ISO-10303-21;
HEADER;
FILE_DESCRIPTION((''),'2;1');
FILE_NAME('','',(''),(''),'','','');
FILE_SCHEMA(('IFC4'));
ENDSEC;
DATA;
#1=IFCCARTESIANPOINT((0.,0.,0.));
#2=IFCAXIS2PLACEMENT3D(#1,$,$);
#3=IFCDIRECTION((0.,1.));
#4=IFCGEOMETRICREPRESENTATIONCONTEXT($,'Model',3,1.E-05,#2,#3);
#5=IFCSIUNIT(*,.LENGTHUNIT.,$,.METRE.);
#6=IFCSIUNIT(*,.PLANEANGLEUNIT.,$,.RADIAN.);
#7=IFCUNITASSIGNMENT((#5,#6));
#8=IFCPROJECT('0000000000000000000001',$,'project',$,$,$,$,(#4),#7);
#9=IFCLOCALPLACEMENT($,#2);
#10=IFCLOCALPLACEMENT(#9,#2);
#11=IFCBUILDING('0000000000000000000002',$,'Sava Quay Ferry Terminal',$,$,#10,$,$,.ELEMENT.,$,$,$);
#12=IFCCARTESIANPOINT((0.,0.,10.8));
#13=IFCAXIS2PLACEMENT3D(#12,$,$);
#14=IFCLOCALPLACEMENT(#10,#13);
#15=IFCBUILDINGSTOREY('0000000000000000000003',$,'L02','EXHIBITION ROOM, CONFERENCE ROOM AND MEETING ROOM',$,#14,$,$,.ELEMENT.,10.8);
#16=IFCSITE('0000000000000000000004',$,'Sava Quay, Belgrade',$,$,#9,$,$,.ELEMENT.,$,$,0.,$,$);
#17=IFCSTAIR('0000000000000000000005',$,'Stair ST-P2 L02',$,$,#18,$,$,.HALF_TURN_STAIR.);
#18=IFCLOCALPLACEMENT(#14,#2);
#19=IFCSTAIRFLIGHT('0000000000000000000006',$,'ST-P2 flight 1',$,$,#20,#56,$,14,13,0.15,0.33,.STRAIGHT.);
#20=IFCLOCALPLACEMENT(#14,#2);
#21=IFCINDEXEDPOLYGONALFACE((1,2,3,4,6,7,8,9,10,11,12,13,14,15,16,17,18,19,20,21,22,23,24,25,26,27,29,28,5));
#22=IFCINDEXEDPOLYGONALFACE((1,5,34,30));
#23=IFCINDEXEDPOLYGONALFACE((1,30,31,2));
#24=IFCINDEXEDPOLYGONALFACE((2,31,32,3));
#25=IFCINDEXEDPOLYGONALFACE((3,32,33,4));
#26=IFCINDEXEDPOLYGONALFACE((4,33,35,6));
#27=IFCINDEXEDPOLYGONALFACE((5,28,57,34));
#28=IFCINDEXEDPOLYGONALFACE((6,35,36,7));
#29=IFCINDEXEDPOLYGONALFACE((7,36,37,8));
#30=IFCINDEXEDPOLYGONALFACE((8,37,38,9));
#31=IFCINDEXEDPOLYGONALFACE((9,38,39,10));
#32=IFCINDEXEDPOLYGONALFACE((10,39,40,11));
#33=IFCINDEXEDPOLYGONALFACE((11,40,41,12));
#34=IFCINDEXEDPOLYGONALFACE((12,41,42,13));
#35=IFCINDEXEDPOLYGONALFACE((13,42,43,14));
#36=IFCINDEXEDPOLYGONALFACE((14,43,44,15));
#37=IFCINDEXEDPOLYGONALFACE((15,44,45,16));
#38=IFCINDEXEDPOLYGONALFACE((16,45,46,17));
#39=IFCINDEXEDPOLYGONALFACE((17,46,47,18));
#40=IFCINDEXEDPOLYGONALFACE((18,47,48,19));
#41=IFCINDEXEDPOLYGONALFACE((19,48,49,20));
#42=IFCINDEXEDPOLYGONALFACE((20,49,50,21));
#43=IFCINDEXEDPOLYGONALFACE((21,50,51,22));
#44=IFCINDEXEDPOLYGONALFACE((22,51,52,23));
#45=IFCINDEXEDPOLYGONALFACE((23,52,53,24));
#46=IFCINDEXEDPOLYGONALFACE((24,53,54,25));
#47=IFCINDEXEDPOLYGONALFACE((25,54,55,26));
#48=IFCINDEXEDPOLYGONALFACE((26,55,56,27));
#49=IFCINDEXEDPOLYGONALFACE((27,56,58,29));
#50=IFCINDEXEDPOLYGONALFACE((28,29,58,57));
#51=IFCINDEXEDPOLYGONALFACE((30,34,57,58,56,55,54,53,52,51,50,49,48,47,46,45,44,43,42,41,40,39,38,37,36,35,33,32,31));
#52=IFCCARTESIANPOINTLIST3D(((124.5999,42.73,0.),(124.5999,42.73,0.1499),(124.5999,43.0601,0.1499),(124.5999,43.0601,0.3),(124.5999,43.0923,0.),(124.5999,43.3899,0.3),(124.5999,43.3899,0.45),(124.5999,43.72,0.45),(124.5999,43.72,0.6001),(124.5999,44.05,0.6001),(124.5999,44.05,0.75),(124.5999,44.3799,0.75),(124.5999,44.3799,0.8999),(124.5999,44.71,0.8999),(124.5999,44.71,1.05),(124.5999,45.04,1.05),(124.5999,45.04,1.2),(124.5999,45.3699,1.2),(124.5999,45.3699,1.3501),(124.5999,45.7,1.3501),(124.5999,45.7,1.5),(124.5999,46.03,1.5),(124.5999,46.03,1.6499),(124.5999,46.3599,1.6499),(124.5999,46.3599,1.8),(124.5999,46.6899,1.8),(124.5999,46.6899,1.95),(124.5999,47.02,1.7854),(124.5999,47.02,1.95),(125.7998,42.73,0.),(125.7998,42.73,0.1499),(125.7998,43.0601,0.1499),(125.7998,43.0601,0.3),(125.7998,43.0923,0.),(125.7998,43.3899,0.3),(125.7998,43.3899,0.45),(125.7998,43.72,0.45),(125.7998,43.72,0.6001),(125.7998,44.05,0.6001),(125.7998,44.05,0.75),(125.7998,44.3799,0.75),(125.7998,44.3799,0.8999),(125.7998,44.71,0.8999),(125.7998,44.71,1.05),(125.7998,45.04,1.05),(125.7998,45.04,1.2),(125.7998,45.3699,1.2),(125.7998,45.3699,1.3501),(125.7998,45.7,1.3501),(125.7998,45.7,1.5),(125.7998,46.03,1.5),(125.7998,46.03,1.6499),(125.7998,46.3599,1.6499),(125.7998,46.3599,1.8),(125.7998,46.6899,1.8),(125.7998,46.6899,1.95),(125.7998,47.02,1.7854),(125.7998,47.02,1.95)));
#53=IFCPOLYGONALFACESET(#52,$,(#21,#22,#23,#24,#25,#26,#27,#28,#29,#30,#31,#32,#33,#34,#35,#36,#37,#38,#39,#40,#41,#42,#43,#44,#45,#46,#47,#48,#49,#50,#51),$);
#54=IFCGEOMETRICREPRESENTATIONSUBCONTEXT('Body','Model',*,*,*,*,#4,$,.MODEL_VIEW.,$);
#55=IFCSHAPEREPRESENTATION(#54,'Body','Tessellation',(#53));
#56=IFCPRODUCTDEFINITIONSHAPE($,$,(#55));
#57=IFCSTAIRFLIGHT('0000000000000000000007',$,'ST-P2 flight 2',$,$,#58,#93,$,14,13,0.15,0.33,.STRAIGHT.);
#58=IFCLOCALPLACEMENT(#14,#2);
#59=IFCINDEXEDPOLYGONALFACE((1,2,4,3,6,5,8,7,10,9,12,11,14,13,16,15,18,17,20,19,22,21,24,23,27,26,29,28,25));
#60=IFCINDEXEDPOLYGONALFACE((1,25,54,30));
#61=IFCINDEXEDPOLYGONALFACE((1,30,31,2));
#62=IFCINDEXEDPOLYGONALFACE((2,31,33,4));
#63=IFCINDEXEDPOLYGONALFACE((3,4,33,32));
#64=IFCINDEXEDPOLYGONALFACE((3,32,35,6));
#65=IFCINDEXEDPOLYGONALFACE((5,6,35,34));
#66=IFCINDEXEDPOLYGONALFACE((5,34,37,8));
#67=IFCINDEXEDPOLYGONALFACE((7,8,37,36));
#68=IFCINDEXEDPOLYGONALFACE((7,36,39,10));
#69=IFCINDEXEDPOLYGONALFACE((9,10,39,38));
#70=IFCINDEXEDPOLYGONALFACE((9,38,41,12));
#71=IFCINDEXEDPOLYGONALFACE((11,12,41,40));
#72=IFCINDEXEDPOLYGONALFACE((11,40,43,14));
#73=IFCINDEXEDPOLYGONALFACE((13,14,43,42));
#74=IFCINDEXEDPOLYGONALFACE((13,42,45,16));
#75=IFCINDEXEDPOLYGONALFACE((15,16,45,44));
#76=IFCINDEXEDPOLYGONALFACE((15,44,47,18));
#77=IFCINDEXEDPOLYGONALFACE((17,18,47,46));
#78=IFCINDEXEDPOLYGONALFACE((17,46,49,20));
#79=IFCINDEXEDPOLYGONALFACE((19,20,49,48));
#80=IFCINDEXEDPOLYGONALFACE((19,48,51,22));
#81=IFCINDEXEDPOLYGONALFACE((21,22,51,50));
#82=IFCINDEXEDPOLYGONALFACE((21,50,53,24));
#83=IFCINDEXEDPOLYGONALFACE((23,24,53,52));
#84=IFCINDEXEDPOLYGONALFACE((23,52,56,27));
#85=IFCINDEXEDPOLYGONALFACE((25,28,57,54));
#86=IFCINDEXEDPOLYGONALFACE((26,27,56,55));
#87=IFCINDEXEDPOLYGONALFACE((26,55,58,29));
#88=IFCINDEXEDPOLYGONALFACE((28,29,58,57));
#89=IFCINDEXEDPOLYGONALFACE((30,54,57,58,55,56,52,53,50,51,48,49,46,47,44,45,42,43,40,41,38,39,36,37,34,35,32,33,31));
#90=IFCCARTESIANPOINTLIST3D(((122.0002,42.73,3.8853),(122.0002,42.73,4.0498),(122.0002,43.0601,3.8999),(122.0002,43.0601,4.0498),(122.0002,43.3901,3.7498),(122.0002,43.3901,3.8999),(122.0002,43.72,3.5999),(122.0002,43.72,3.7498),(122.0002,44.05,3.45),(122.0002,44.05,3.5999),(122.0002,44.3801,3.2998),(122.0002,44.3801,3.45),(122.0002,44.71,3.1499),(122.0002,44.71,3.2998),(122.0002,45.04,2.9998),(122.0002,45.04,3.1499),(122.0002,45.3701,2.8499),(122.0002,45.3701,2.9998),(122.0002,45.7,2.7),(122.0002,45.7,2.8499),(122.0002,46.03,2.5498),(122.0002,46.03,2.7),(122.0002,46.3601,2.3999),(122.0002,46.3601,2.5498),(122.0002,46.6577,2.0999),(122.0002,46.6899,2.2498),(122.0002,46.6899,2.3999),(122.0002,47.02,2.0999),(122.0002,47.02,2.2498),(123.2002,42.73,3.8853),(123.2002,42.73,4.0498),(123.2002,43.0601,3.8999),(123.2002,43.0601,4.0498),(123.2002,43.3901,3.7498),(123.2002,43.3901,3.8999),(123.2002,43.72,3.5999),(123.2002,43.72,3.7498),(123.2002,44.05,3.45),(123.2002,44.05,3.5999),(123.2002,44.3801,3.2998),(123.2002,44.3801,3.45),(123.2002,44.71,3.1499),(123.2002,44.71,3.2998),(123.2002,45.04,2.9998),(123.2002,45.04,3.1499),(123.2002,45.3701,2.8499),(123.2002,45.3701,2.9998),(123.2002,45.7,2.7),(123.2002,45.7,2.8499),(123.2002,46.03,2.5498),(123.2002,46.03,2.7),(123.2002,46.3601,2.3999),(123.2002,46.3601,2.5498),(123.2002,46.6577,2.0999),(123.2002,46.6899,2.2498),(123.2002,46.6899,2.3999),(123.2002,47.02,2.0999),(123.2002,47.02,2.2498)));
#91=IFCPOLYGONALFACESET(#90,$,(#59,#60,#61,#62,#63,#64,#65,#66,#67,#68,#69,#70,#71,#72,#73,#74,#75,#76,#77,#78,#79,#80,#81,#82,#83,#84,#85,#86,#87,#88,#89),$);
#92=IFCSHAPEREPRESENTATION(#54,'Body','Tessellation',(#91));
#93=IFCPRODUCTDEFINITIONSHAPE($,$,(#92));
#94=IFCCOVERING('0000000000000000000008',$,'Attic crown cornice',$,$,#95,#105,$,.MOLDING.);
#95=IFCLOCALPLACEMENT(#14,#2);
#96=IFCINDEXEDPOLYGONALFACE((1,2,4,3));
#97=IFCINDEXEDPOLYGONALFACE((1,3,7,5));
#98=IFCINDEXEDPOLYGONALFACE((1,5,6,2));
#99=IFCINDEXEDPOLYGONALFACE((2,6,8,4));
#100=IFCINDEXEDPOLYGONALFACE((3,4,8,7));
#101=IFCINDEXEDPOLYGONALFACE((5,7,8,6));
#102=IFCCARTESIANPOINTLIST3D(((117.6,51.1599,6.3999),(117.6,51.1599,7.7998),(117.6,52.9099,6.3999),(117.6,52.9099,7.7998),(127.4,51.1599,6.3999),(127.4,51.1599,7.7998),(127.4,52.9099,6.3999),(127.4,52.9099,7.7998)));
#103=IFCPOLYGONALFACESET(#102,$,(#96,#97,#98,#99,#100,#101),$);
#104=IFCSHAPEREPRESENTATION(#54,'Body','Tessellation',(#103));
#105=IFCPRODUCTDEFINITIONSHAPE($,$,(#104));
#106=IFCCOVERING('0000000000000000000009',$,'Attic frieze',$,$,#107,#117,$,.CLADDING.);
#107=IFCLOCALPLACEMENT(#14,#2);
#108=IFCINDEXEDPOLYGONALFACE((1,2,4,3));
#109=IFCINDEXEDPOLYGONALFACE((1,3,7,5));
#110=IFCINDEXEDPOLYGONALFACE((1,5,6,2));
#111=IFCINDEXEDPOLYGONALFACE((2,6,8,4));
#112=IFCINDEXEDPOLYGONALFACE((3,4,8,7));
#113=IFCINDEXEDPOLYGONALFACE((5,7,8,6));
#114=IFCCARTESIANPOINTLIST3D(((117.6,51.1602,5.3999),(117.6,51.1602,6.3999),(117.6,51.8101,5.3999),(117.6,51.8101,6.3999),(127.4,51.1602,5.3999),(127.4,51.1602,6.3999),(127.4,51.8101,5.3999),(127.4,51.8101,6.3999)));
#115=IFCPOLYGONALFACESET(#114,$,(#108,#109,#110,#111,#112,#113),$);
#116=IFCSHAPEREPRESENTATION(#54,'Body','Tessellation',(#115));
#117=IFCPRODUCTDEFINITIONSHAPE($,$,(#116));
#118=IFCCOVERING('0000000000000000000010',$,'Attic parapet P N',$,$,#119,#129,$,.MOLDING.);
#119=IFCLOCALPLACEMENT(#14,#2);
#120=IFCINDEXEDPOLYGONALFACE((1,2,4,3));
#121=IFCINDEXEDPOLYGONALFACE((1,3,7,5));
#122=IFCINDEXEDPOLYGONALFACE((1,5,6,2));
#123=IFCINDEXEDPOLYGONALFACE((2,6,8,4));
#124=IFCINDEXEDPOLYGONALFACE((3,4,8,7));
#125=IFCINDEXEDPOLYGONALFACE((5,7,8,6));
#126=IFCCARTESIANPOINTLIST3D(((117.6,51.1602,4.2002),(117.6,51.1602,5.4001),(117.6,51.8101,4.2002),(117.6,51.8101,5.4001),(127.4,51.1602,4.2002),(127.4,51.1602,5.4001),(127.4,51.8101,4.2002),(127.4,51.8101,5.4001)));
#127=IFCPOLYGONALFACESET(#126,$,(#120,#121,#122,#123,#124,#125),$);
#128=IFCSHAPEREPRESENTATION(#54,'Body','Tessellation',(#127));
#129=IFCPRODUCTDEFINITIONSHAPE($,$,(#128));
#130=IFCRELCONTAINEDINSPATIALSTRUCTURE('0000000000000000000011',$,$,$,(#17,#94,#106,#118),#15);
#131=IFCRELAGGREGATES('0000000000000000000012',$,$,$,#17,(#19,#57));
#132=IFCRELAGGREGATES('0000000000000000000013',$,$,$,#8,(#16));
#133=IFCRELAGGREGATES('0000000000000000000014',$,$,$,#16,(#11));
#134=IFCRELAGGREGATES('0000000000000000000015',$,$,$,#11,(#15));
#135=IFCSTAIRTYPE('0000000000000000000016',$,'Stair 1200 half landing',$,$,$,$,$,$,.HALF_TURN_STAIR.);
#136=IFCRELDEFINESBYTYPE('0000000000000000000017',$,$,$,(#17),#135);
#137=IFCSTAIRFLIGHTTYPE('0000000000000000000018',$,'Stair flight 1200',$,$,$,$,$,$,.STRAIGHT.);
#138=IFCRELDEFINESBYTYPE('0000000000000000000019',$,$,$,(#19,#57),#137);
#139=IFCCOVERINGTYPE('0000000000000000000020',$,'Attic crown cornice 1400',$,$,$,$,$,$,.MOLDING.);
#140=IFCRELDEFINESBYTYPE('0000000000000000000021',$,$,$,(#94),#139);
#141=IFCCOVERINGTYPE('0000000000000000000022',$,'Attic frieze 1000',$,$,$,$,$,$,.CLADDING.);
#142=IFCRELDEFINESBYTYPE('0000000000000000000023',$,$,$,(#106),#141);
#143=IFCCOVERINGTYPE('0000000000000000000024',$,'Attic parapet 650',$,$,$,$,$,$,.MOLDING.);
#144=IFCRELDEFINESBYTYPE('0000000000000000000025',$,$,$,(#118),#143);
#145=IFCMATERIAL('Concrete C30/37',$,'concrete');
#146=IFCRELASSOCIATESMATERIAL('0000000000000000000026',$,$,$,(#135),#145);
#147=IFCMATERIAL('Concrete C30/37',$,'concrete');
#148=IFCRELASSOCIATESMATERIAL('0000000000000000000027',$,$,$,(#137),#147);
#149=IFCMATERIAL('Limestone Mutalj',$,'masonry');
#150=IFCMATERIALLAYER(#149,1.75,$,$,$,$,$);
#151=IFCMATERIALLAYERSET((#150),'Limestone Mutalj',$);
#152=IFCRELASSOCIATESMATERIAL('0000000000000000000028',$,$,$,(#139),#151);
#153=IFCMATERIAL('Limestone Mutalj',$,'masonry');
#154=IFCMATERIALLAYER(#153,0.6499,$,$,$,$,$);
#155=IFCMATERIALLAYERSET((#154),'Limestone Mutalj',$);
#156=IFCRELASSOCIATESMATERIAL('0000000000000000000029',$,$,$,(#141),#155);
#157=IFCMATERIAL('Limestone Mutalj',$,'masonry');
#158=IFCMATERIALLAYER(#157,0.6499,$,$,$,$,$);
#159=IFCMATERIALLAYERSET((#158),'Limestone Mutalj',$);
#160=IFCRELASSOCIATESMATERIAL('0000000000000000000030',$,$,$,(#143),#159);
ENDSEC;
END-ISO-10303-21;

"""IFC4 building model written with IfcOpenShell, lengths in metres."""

from ifc_helpers import new_model, si_unit, direction, frame, origin, origin_2d, place, context, subcontext, project, spatial, polyline, rectangle, outline, extrude, material, layer, layer_set, type_object, element, aggregate, save


model = new_model("IFC4")

# Units and contexts
model_context = context("Model", 3, precision=1e-05, world=origin(), true_north=direction((0.0, 1.0)))
body_context = subcontext(model_context, "Body", "Model", "MODEL_VIEW")
ifc_project = project(units=[si_unit("LENGTHUNIT", "METRE"), si_unit("PLANEANGLEUNIT", "RADIAN")], contexts=[model_context])

# Site, building, storey
site_placement = place(None, origin())
site = spatial("IfcSite", under=ifc_project, at=site_placement, Name="Sava Quay, Belgrade", CompositionType="ELEMENT", RefElevation=0.0)
building_placement = place(site_placement, origin())
building = spatial("IfcBuilding", under=site, at=building_placement, Name="Sava Quay Ferry Terminal", CompositionType="ELEMENT")
storey_placement = place(building_placement, frame((0.0, 0.0, 10.8)))
storey = spatial("IfcBuildingStorey", under=building, at=storey_placement, Name="L02", Description="EXHIBITION ROOM, CONFERENCE ROOM AND MEETING ROOM", CompositionType="ELEMENT", Elevation=10.8)

# Stair, stair flights
ifc_material_1 = material(Name="Concrete C30/37", Category="concrete")
stair_type = type_object("IfcStairType", Name="Stair 1200 half landing", PredefinedType="HALF_TURN_STAIR", material=ifc_material_1)
stair_placement = place(storey_placement, origin())
stair = element("IfcStair", 1, at=stair_placement, inside=storey, type_object=stair_type, Name="Stair ST-P2 L02", PredefinedType="HALF_TURN_STAIR")
ifc_material_2 = material(Name="Concrete C30/37", Category="concrete")
stair_flight_type = type_object("IfcStairFlightType", Name="Stair flight 1200", PredefinedType="STRAIGHT", material=ifc_material_2)
stair_flight_1_placement = place(storey_placement, frame((125.2, 42.73, 0.0), z_axis=(0.0, 0.0, 1.0), x_axis=(0.0, 1.0, 0.0)))
stair_flight_1 = element("IfcStairFlight", 2, at=stair_flight_1_placement, type_object=stair_flight_type, Name="ST-P2 flight 1", NumberOfRisers=14, NumberOfTreads=13, PredefinedType="STRAIGHT", RiserHeight=0.15, TreadLength=0.33, context=body_context, shape_type="SweptSolid", body=[
    extrude(outline(polyline([(0.0, 0.0), (0.0, 0.1499), (0.3301, 0.1499), (0.3301, 0.3), (0.6599, 0.3), (0.6599, 0.45), (0.99, 0.45), (0.99, 0.6001), (1.3201, 0.6001), (1.3201, 0.75), (1.6499, 0.75), (1.6499, 0.8999), (1.98, 0.8999), (1.98, 1.05), (2.3101, 1.05), (2.3101, 1.2), (2.6399, 1.2), (2.6399, 1.3501), (2.97, 1.3501), (2.97, 1.5), (3.3, 1.5), (3.3, 1.6499), (3.6299, 1.6499), (3.6299, 1.8), (3.96, 1.8), (3.96, 1.95), (4.29, 1.95), (4.29, 2.1001), (4.29, 1.7854), (0.3623, 0.0), (0.0, 0.0)])), frame((0.0, 0.6001, 0.0), z_axis=(0.0, -1.0, 0.0), x_axis=(1.0, 0.0, 0.0)), (0.0, 0.0, 1.0), 1.2),
])
stair_flight_2_placement = place(storey_placement, frame((122.6001, 47.02, 2.0999), z_axis=(0.0, 0.0, 1.0), x_axis=(0.0, -1.0, 0.0)))
stair_flight_2 = element("IfcStairFlight", 3, at=stair_flight_2_placement, type_object=stair_flight_type, Name="ST-P2 flight 2", NumberOfRisers=14, NumberOfTreads=13, PredefinedType="STRAIGHT", RiserHeight=0.15, TreadLength=0.33, context=body_context, shape_type="SweptSolid", body=[
    extrude(outline(polyline([(0.0, 0.0), (0.0, 0.1499), (0.3301, 0.1499), (0.3301, 0.3), (0.6599, 0.3), (0.6599, 0.45), (0.99, 0.45), (0.99, 0.6001), (1.3201, 0.6001), (1.3201, 0.75), (1.6499, 0.75), (1.6499, 0.8999), (1.98, 0.8999), (1.98, 1.05), (2.3101, 1.05), (2.3101, 1.2), (2.6399, 1.2), (2.6399, 1.3501), (2.97, 1.3501), (2.97, 1.5), (3.3, 1.5), (3.3, 1.6499), (3.6299, 1.6499), (3.6299, 1.8), (3.96, 1.8), (3.96, 1.95), (4.29, 1.95), (4.29, 2.1001), (4.29, 1.7854), (0.3623, 0.0), (0.0, 0.0)])), frame((0.0, 0.6001, 0.0), z_axis=(0.0, -1.0, 0.0), x_axis=(1.0, 0.0, 0.0)), (0.0, 0.0, 1.0), 1.2),
])
aggregate(stair, [stair_flight_1, stair_flight_2])

# Coverings
ifc_material_3 = material(Name="Limestone Mutalj", Category="masonry")
ifc_layer_1 = layer(ifc_material_3, 1.75)
ifc_layer_set_1 = layer_set([ifc_layer_1], Name="Limestone Mutalj")
covering_type_1 = type_object("IfcCoveringType", Name="Attic crown cornice 1400", PredefinedType="MOLDING", material=ifc_layer_set_1)
covering_1_placement = place(storey_placement, frame((122.5, 52.0349, 6.3999), z_axis=(0.0, 0.0, 1.0), x_axis=(1.0, 0.0, 0.0)))
element("IfcCovering", 4, at=covering_1_placement, inside=storey, type_object=covering_type_1, Name="Attic crown cornice", PredefinedType="MOLDING", context=body_context, shape_type="SweptSolid", body=[
    extrude(rectangle(XDim=9.8, YDim=1.75, at=origin_2d()), origin(), (0.0, 0.0, 1.0), 1.3999),
])
ifc_material_4 = material(Name="Limestone Mutalj", Category="masonry")
ifc_layer_2 = layer(ifc_material_4, 0.6499)
ifc_layer_set_2 = layer_set([ifc_layer_2], Name="Limestone Mutalj")
covering_type_2 = type_object("IfcCoveringType", Name="Attic frieze 1000", PredefinedType="CLADDING", material=ifc_layer_set_2)
covering_2_placement = place(storey_placement, frame((122.5, 51.4851, 5.3999), z_axis=(0.0, 0.0, 1.0), x_axis=(1.0, 0.0, 0.0)))
element("IfcCovering", 5, at=covering_2_placement, inside=storey, type_object=covering_type_2, Name="Attic frieze", PredefinedType="CLADDING", context=body_context, shape_type="SweptSolid", body=[
    extrude(rectangle(XDim=9.8, YDim=0.6499, at=origin_2d()), origin(), (0.0, 0.0, 1.0), 1.0),
])
ifc_material_5 = material(Name="Limestone Mutalj", Category="masonry")
ifc_layer_3 = layer(ifc_material_5, 0.6499)
ifc_layer_set_3 = layer_set([ifc_layer_3], Name="Limestone Mutalj")
covering_type_3 = type_object("IfcCoveringType", Name="Attic parapet 650", PredefinedType="MOLDING", material=ifc_layer_set_3)
covering_3_placement = place(storey_placement, frame((122.5, 51.4851, 4.2002), z_axis=(0.0, 0.0, 1.0), x_axis=(1.0, 0.0, 0.0)))
element("IfcCovering", 6, at=covering_3_placement, inside=storey, type_object=covering_type_3, Name="Attic parapet P N", PredefinedType="MOLDING", context=body_context, shape_type="SweptSolid", body=[
    extrude(rectangle(XDim=9.8, YDim=0.6499, at=origin_2d()), origin(), (0.0, 0.0, 1.0), 1.2),
])

save(model, "model.ifc")
